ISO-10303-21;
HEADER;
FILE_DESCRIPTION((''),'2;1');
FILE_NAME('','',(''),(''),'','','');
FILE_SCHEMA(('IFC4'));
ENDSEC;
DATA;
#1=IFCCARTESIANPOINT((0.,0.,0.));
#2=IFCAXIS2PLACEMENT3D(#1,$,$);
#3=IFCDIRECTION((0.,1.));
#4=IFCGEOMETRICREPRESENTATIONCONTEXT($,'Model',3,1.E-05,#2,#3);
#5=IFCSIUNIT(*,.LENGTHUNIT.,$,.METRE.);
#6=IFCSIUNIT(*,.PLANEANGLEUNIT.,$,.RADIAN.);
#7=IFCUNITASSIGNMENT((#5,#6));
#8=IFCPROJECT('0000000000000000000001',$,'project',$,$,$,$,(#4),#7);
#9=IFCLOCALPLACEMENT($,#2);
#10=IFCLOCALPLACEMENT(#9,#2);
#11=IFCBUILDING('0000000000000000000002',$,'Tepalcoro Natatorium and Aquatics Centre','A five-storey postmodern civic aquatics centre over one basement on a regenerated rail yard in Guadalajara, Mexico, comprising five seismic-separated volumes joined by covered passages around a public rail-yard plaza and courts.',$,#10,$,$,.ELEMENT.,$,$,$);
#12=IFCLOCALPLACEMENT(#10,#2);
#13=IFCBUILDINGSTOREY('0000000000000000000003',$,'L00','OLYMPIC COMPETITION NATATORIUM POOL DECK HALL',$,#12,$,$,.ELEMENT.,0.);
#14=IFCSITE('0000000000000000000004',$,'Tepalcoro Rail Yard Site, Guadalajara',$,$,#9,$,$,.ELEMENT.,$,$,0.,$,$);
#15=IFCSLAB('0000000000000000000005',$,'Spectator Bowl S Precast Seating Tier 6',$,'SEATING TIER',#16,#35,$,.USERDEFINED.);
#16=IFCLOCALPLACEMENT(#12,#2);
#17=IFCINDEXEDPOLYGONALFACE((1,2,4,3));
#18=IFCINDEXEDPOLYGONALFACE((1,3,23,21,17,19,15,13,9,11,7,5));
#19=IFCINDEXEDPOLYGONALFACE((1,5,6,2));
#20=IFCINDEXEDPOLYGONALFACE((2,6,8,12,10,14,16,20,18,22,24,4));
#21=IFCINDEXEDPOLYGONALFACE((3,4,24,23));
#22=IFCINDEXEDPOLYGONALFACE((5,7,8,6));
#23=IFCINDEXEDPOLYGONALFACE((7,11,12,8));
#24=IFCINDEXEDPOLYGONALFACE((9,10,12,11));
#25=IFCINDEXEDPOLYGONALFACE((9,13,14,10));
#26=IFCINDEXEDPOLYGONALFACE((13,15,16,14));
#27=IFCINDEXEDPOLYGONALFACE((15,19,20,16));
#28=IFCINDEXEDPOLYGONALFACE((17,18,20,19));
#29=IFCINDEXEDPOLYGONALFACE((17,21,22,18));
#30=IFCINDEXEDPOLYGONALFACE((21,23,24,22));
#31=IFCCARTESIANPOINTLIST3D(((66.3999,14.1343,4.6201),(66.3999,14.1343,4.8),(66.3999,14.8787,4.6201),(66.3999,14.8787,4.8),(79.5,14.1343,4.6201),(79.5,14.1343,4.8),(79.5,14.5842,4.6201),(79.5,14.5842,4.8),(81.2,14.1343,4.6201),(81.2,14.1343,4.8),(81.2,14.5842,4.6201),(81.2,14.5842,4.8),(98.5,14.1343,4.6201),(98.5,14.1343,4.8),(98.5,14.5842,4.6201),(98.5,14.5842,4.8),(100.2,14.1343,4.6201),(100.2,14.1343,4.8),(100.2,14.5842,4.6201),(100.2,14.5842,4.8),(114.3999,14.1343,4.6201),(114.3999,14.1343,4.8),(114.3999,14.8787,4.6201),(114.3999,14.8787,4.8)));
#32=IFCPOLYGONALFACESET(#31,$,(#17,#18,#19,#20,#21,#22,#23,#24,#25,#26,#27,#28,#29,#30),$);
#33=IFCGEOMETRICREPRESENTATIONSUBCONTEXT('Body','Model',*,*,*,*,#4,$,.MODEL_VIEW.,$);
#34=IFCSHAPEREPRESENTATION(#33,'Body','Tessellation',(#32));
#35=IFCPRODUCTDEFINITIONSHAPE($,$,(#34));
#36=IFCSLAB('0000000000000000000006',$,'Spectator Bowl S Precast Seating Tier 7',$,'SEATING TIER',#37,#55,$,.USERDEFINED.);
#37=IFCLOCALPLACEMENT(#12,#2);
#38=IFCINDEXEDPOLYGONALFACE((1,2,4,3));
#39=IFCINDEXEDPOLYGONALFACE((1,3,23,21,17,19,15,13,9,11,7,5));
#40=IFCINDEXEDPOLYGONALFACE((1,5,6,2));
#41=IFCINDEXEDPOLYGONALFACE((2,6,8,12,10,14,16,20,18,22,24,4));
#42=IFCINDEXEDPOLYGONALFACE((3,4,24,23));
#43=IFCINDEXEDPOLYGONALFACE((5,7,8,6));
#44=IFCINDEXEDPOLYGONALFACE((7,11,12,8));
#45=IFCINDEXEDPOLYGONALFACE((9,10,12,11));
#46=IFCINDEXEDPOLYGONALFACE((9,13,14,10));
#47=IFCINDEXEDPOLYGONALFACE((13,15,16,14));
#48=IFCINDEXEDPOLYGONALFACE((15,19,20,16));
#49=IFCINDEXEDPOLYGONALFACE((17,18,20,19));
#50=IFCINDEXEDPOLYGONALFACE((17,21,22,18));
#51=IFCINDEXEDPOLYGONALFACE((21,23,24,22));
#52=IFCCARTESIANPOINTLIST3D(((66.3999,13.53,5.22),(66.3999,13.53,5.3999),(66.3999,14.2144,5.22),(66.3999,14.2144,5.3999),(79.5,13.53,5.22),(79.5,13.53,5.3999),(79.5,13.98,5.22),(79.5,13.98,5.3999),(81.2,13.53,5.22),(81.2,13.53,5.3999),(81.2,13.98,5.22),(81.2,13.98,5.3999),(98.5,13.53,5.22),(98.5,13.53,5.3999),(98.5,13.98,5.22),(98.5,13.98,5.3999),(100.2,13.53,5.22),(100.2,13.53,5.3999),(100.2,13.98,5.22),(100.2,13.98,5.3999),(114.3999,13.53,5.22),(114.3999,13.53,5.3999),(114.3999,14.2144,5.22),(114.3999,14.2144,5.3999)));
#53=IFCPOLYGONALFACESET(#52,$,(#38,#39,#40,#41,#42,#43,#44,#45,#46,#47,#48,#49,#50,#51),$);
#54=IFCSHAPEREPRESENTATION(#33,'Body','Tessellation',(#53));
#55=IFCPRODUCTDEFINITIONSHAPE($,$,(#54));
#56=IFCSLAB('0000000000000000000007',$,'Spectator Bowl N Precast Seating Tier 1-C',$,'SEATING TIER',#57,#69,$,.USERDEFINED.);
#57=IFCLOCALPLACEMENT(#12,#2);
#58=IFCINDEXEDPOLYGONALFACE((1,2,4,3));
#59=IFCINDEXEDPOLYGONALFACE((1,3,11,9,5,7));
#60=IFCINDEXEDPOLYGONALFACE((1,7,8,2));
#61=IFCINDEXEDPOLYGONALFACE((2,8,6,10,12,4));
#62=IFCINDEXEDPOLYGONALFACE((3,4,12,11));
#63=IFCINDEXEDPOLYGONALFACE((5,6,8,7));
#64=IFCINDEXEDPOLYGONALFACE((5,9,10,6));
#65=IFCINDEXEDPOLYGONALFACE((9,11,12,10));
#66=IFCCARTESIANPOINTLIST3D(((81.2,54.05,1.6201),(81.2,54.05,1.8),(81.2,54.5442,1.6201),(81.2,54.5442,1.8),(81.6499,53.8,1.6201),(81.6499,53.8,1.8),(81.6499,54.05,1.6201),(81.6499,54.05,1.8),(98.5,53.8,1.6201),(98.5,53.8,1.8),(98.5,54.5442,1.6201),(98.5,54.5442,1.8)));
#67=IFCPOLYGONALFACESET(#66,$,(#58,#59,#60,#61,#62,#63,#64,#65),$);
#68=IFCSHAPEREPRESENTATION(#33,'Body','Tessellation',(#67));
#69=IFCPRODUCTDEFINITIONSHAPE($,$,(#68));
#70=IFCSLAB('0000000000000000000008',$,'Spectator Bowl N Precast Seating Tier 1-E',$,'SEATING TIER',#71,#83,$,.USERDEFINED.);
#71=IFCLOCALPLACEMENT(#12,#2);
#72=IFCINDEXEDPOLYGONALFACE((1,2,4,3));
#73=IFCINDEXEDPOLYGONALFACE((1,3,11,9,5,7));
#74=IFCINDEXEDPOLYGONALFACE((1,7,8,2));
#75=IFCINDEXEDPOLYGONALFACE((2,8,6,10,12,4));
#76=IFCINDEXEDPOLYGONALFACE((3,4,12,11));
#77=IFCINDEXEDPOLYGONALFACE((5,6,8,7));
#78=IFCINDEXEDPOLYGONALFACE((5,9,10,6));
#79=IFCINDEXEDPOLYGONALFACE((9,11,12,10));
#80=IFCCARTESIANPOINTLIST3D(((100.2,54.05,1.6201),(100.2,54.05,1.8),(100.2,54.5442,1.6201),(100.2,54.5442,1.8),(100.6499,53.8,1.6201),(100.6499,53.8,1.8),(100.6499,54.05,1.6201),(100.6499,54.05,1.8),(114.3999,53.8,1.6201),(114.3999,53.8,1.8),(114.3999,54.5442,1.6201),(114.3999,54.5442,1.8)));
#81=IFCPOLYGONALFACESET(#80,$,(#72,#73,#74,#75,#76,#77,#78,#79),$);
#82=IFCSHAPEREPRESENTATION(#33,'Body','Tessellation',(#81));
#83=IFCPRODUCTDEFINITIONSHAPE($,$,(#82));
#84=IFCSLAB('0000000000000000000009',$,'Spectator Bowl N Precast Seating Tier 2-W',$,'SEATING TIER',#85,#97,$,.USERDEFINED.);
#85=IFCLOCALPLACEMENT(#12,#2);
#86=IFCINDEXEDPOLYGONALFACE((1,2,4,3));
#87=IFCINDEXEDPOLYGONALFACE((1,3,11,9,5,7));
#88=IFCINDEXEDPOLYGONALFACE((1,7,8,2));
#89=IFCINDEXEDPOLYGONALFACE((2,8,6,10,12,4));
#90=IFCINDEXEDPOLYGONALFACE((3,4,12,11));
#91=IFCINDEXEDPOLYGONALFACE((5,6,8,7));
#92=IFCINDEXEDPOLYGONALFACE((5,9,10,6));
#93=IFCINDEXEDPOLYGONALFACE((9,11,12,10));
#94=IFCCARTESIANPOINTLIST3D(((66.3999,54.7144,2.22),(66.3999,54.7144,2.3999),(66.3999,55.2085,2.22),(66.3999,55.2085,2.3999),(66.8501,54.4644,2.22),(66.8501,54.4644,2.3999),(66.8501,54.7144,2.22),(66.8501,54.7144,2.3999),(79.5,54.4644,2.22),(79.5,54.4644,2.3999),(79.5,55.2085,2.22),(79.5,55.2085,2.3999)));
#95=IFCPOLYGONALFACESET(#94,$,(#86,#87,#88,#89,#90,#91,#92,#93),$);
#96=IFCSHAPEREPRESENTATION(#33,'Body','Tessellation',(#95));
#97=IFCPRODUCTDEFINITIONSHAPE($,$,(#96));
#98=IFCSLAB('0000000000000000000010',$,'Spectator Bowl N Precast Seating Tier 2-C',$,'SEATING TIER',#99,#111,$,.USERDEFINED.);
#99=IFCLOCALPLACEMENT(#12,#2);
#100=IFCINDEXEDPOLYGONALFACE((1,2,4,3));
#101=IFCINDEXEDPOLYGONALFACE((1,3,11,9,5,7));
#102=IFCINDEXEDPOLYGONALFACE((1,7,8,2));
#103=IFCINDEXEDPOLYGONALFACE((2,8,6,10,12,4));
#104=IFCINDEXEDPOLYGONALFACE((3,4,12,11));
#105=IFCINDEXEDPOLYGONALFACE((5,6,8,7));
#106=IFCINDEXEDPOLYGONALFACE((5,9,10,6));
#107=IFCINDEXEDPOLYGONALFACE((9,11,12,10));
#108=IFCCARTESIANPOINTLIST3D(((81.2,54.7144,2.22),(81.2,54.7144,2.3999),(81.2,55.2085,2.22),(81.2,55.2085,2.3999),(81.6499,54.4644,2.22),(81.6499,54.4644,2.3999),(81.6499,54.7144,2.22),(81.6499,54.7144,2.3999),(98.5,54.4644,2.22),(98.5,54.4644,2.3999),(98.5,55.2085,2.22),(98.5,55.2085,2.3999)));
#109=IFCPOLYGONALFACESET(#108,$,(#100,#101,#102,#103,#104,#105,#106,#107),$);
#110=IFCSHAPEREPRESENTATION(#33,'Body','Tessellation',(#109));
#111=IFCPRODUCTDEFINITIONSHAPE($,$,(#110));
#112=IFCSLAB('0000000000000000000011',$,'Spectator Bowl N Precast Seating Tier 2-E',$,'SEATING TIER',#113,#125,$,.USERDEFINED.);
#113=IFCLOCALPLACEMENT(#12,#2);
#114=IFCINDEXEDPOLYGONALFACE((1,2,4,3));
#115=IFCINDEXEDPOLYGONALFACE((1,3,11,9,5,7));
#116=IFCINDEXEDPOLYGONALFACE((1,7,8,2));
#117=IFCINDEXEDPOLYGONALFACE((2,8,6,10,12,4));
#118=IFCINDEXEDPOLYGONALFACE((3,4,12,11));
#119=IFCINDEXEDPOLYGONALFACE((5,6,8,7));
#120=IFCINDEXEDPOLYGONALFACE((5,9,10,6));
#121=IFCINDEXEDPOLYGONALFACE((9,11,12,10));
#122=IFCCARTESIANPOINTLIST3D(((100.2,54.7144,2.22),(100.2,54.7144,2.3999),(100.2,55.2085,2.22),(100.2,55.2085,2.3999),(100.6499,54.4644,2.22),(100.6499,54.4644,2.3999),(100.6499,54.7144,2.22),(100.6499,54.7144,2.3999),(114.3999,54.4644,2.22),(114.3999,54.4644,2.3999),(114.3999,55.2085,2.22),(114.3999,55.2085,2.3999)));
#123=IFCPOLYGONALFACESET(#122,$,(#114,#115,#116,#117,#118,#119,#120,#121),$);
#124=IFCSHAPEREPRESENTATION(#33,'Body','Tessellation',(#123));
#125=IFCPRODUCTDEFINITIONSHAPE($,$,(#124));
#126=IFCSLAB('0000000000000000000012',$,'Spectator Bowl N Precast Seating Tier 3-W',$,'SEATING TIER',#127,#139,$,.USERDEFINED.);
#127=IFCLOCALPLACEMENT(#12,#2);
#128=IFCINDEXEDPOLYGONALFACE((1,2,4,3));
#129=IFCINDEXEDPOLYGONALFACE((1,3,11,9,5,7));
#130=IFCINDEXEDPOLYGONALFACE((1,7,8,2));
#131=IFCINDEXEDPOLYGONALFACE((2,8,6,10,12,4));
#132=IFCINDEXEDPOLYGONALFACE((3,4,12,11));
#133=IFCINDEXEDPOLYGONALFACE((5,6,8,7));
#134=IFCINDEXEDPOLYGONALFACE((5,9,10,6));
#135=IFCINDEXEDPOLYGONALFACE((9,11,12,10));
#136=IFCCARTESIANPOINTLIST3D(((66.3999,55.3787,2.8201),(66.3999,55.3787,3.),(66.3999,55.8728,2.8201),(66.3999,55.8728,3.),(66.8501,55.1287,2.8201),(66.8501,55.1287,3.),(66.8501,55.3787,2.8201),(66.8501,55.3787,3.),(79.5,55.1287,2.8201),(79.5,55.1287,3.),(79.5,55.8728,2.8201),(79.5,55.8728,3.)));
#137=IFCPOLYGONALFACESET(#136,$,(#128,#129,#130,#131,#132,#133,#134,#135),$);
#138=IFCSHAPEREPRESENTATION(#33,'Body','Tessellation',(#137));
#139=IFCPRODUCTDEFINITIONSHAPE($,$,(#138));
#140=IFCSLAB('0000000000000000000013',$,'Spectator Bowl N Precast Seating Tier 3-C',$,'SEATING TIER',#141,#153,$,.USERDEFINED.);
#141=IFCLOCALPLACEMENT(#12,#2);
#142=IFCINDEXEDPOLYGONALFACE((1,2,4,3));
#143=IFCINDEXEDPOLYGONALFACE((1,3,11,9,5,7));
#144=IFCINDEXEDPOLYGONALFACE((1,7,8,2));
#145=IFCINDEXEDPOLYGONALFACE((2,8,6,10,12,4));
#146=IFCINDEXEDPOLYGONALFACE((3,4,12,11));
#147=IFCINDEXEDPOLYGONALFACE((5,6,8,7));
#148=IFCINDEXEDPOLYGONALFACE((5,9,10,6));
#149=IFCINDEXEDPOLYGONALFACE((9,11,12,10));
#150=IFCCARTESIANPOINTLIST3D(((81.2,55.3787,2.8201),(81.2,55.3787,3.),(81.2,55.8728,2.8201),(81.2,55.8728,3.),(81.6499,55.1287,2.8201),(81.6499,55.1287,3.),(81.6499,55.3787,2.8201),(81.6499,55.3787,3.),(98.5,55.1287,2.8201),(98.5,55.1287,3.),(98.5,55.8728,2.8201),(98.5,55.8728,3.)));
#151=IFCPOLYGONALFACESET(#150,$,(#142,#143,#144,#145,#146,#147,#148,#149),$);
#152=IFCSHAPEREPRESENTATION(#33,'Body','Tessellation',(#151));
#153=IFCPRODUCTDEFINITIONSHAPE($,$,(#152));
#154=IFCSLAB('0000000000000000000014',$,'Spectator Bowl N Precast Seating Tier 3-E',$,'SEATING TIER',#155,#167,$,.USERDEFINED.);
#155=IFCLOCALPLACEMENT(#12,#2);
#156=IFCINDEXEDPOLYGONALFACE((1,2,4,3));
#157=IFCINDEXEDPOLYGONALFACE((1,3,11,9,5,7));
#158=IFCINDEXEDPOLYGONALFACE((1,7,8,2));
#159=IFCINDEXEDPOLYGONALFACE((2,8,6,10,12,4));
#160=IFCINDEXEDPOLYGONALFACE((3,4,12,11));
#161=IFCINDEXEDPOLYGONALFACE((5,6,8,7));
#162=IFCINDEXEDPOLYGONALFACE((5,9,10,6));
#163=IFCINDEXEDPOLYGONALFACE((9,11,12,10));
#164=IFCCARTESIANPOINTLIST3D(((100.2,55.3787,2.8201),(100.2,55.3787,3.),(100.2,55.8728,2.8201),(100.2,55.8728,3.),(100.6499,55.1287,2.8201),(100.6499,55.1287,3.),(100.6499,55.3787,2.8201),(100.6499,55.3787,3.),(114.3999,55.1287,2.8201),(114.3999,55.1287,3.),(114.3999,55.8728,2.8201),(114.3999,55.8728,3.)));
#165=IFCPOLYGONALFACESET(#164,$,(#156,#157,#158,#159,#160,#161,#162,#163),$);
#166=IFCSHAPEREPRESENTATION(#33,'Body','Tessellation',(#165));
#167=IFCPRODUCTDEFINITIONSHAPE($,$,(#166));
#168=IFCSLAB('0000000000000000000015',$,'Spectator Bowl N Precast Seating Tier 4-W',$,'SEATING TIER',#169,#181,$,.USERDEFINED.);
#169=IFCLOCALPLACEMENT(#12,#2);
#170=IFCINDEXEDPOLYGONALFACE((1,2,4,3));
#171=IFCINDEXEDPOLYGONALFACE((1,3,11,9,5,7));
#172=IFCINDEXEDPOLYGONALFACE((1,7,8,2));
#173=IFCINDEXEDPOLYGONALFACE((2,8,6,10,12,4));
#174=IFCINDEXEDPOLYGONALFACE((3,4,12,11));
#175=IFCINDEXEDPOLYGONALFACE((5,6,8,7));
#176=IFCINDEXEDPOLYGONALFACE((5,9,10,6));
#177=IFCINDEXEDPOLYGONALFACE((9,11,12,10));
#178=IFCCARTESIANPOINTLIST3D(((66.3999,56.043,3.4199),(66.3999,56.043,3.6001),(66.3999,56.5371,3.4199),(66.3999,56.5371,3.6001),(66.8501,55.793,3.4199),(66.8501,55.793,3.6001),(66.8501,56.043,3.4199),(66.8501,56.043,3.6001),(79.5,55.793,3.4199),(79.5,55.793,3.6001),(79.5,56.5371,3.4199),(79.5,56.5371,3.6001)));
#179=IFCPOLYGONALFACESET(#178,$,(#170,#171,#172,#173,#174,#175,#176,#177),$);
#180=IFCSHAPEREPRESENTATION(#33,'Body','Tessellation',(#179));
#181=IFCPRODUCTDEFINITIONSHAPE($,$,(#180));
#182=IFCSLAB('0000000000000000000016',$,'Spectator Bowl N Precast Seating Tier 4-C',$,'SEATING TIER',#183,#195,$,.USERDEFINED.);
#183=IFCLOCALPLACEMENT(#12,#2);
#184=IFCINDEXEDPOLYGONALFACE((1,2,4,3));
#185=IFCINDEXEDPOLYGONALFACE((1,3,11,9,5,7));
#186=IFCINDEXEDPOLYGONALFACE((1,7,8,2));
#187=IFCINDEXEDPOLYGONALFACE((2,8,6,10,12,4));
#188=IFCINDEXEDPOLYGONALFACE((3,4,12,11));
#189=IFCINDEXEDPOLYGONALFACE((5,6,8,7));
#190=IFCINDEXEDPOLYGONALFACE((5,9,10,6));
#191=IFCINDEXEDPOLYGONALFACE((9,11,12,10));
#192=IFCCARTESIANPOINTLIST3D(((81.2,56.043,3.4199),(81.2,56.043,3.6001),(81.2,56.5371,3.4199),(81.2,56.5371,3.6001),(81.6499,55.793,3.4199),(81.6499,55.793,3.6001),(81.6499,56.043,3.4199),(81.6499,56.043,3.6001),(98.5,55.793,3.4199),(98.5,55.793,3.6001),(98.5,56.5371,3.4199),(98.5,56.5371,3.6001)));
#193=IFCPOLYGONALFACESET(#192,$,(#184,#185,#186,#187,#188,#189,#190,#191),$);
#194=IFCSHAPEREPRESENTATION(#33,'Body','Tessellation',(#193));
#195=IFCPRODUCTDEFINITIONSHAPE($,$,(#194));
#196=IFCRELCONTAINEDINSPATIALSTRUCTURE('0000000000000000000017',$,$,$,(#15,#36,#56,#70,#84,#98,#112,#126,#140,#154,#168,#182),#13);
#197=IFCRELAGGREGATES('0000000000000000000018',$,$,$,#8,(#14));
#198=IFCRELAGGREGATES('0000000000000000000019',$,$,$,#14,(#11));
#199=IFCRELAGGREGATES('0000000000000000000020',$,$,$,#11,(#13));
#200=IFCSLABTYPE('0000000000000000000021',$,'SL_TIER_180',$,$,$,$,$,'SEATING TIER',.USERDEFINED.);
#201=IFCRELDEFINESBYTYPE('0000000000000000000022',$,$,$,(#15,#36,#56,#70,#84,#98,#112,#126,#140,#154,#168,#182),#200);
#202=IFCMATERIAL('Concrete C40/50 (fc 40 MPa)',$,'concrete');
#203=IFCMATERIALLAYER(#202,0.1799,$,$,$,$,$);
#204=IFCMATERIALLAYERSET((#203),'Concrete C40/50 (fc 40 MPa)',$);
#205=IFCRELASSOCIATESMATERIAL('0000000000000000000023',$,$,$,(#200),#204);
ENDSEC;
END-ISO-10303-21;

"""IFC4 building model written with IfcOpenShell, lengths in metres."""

from ifc_helpers import new_model, si_unit, direction, frame, origin, place, context, subcontext, project, spatial, polyline, outline, extrude, material, layer, layer_set, type_object, element, save


model = new_model("IFC4")

# Units and contexts
model_context = context("Model", 3, precision=1e-05, world=origin(), true_north=direction((0.0, 1.0)))
body_context = subcontext(model_context, "Body", "Model", "MODEL_VIEW")
ifc_project = project(units=[si_unit("LENGTHUNIT", "METRE"), si_unit("PLANEANGLEUNIT", "RADIAN")], contexts=[model_context])

# Site, building, storey
site_placement = place(None, origin())
site = spatial("IfcSite", under=ifc_project, at=site_placement, Name="Tepalcoro Rail Yard Site, Guadalajara", CompositionType="ELEMENT", RefElevation=0.0)
building_placement = place(site_placement, origin())
building = spatial("IfcBuilding", under=site, at=building_placement, Name="Tepalcoro Natatorium and Aquatics Centre", Description="A five-storey postmodern civic aquatics centre over one basement on a regenerated rail yard in Guadalajara, Mexico, comprising five seismic-separated volumes joined by covered passages around a public rail-yard plaza and courts.", CompositionType="ELEMENT")
storey_placement = place(building_placement, origin())
storey = spatial("IfcBuildingStorey", under=building, at=storey_placement, Name="L00", Description="OLYMPIC COMPETITION NATATORIUM POOL DECK HALL", CompositionType="ELEMENT", Elevation=0.0)

# Slabs
ifc_material = material(Name="Concrete C40/50 (fc 40 MPa)", Category="concrete")
ifc_layer = layer(ifc_material, 0.1799)
ifc_layer_set = layer_set([ifc_layer], Name="Concrete C40/50 (fc 40 MPa)")
slab_type = type_object("IfcSlabType", Name="SL_TIER_180", ElementType="SEATING TIER", PredefinedType="USERDEFINED", material=ifc_layer_set)
slab_1_placement = place(storey_placement, frame((0.0, 0.0, 4.6201)))
element("IfcSlab", 1, at=slab_1_placement, inside=storey, type_object=slab_type, Name="Spectator Bowl S Precast Seating Tier 6", ObjectType="SEATING TIER", PredefinedType="USERDEFINED", context=body_context, shape_type="SweptSolid", body=[
    extrude(outline(polyline([(66.3999, 14.1343), (66.3999, 14.8787), (114.3999, 14.8787), (114.3999, 14.1343), (100.2, 14.1343), (100.2, 14.5842), (98.5, 14.5842), (98.5, 14.1343), (81.2, 14.1343), (81.2, 14.5842), (79.5, 14.5842), (79.5, 14.1343), (66.3999, 14.1343)])), origin(), (0.0, 0.0, 1.0), 0.1799),
])
slab_2_placement = place(storey_placement, frame((0.0, 0.0, 5.22)))
element("IfcSlab", 2, at=slab_2_placement, inside=storey, type_object=slab_type, Name="Spectator Bowl S Precast Seating Tier 7", ObjectType="SEATING TIER", PredefinedType="USERDEFINED", context=body_context, shape_type="SweptSolid", body=[
    extrude(outline(polyline([(66.3999, 13.53), (66.3999, 14.2144), (114.3999, 14.2144), (114.3999, 13.53), (100.2, 13.53), (100.2, 13.98), (98.5, 13.98), (98.5, 13.53), (81.2, 13.53), (81.2, 13.98), (79.5, 13.98), (79.5, 13.53), (66.3999, 13.53)])), origin(), (0.0, 0.0, 1.0), 0.1799),
])
slab_3_placement = place(storey_placement, frame((0.0, 0.0, 1.6201)))
element("IfcSlab", 3, at=slab_3_placement, inside=storey, type_object=slab_type, Name="Spectator Bowl N Precast Seating Tier 1-C", ObjectType="SEATING TIER", PredefinedType="USERDEFINED", context=body_context, shape_type="SweptSolid", body=[
    extrude(outline(polyline([(81.2, 54.5442), (98.5, 54.5442), (98.5, 53.8), (81.6499, 53.8), (81.6499, 54.05), (81.2, 54.05), (81.2, 54.5442)])), origin(), (0.0, 0.0, 1.0), 0.1799),
])
slab_4_placement = place(storey_placement, frame((0.0, 0.0, 1.6201)))
element("IfcSlab", 4, at=slab_4_placement, inside=storey, type_object=slab_type, Name="Spectator Bowl N Precast Seating Tier 1-E", ObjectType="SEATING TIER", PredefinedType="USERDEFINED", context=body_context, shape_type="SweptSolid", body=[
    extrude(outline(polyline([(100.2, 54.5442), (114.3999, 54.5442), (114.3999, 53.8), (100.6499, 53.8), (100.6499, 54.05), (100.2, 54.05), (100.2, 54.5442)])), origin(), (0.0, 0.0, 1.0), 0.1799),
])
slab_5_placement = place(storey_placement, frame((0.0, 0.0, 2.22)))
element("IfcSlab", 5, at=slab_5_placement, inside=storey, type_object=slab_type, Name="Spectator Bowl N Precast Seating Tier 2-W", ObjectType="SEATING TIER", PredefinedType="USERDEFINED", context=body_context, shape_type="SweptSolid", body=[
    extrude(outline(polyline([(66.3999, 55.2085), (79.5, 55.2085), (79.5, 54.4644), (66.8501, 54.4644), (66.8501, 54.7144), (66.3999, 54.7144), (66.3999, 55.2085)])), origin(), (0.0, 0.0, 1.0), 0.1799),
])
slab_6_placement = place(storey_placement, frame((0.0, 0.0, 2.22)))
element("IfcSlab", 6, at=slab_6_placement, inside=storey, type_object=slab_type, Name="Spectator Bowl N Precast Seating Tier 2-C", ObjectType="SEATING TIER", PredefinedType="USERDEFINED", context=body_context, shape_type="SweptSolid", body=[
    extrude(outline(polyline([(81.2, 55.2085), (98.5, 55.2085), (98.5, 54.4644), (81.6499, 54.4644), (81.6499, 54.7144), (81.2, 54.7144), (81.2, 55.2085)])), origin(), (0.0, 0.0, 1.0), 0.1799),
])
slab_7_placement = place(storey_placement, frame((0.0, 0.0, 2.22)))
element("IfcSlab", 7, at=slab_7_placement, inside=storey, type_object=slab_type, Name="Spectator Bowl N Precast Seating Tier 2-E", ObjectType="SEATING TIER", PredefinedType="USERDEFINED", context=body_context, shape_type="SweptSolid", body=[
    extrude(outline(polyline([(100.2, 55.2085), (114.3999, 55.2085), (114.3999, 54.4644), (100.6499, 54.4644), (100.6499, 54.7144), (100.2, 54.7144), (100.2, 55.2085)])), origin(), (0.0, 0.0, 1.0), 0.1799),
])
slab_8_placement = place(storey_placement, frame((0.0, 0.0, 2.8201)))
element("IfcSlab", 8, at=slab_8_placement, inside=storey, type_object=slab_type, Name="Spectator Bowl N Precast Seating Tier 3-W", ObjectType="SEATING TIER", PredefinedType="USERDEFINED", context=body_context, shape_type="SweptSolid", body=[
    extrude(outline(polyline([(66.3999, 55.8728), (79.5, 55.8728), (79.5, 55.1287), (66.8501, 55.1287), (66.8501, 55.3787), (66.3999, 55.3787), (66.3999, 55.8728)])), origin(), (0.0, 0.0, 1.0), 0.1799),
])
slab_9_placement = place(storey_placement, frame((0.0, 0.0, 2.8201)))
element("IfcSlab", 9, at=slab_9_placement, inside=storey, type_object=slab_type, Name="Spectator Bowl N Precast Seating Tier 3-C", ObjectType="SEATING TIER", PredefinedType="USERDEFINED", context=body_context, shape_type="SweptSolid", body=[
    extrude(outline(polyline([(81.2, 55.8728), (98.5, 55.8728), (98.5, 55.1287), (81.6499, 55.1287), (81.6499, 55.3787), (81.2, 55.3787), (81.2, 55.8728)])), origin(), (0.0, 0.0, 1.0), 0.1799),
])
slab_10_placement = place(storey_placement, frame((0.0, 0.0, 2.8201)))
element("IfcSlab", 10, at=slab_10_placement, inside=storey, type_object=slab_type, Name="Spectator Bowl N Precast Seating Tier 3-E", ObjectType="SEATING TIER", PredefinedType="USERDEFINED", context=body_context, shape_type="SweptSolid", body=[
    extrude(outline(polyline([(100.2, 55.8728), (114.3999, 55.8728), (114.3999, 55.1287), (100.6499, 55.1287), (100.6499, 55.3787), (100.2, 55.3787), (100.2, 55.8728)])), origin(), (0.0, 0.0, 1.0), 0.1799),
])
slab_11_placement = place(storey_placement, frame((0.0, 0.0, 3.4199)))
element("IfcSlab", 11, at=slab_11_placement, inside=storey, type_object=slab_type, Name="Spectator Bowl N Precast Seating Tier 4-W", ObjectType="SEATING TIER", PredefinedType="USERDEFINED", context=body_context, shape_type="SweptSolid", body=[
    extrude(outline(polyline([(66.3999, 56.5371), (79.5, 56.5371), (79.5, 55.793), (66.8501, 55.793), (66.8501, 56.043), (66.3999, 56.043), (66.3999, 56.5371)])), origin(), (0.0, 0.0, 1.0), 0.1802),
])
slab_12_placement = place(storey_placement, frame((0.0, 0.0, 3.4199)))
element("IfcSlab", 12, at=slab_12_placement, inside=storey, type_object=slab_type, Name="Spectator Bowl N Precast Seating Tier 4-C", ObjectType="SEATING TIER", PredefinedType="USERDEFINED", context=body_context, shape_type="SweptSolid", body=[
    extrude(outline(polyline([(81.2, 56.5371), (98.5, 56.5371), (98.5, 55.793), (81.6499, 55.793), (81.6499, 56.043), (81.2, 56.043), (81.2, 56.5371)])), origin(), (0.0, 0.0, 1.0), 0.1802),
])

save(model, "model.ifc")
